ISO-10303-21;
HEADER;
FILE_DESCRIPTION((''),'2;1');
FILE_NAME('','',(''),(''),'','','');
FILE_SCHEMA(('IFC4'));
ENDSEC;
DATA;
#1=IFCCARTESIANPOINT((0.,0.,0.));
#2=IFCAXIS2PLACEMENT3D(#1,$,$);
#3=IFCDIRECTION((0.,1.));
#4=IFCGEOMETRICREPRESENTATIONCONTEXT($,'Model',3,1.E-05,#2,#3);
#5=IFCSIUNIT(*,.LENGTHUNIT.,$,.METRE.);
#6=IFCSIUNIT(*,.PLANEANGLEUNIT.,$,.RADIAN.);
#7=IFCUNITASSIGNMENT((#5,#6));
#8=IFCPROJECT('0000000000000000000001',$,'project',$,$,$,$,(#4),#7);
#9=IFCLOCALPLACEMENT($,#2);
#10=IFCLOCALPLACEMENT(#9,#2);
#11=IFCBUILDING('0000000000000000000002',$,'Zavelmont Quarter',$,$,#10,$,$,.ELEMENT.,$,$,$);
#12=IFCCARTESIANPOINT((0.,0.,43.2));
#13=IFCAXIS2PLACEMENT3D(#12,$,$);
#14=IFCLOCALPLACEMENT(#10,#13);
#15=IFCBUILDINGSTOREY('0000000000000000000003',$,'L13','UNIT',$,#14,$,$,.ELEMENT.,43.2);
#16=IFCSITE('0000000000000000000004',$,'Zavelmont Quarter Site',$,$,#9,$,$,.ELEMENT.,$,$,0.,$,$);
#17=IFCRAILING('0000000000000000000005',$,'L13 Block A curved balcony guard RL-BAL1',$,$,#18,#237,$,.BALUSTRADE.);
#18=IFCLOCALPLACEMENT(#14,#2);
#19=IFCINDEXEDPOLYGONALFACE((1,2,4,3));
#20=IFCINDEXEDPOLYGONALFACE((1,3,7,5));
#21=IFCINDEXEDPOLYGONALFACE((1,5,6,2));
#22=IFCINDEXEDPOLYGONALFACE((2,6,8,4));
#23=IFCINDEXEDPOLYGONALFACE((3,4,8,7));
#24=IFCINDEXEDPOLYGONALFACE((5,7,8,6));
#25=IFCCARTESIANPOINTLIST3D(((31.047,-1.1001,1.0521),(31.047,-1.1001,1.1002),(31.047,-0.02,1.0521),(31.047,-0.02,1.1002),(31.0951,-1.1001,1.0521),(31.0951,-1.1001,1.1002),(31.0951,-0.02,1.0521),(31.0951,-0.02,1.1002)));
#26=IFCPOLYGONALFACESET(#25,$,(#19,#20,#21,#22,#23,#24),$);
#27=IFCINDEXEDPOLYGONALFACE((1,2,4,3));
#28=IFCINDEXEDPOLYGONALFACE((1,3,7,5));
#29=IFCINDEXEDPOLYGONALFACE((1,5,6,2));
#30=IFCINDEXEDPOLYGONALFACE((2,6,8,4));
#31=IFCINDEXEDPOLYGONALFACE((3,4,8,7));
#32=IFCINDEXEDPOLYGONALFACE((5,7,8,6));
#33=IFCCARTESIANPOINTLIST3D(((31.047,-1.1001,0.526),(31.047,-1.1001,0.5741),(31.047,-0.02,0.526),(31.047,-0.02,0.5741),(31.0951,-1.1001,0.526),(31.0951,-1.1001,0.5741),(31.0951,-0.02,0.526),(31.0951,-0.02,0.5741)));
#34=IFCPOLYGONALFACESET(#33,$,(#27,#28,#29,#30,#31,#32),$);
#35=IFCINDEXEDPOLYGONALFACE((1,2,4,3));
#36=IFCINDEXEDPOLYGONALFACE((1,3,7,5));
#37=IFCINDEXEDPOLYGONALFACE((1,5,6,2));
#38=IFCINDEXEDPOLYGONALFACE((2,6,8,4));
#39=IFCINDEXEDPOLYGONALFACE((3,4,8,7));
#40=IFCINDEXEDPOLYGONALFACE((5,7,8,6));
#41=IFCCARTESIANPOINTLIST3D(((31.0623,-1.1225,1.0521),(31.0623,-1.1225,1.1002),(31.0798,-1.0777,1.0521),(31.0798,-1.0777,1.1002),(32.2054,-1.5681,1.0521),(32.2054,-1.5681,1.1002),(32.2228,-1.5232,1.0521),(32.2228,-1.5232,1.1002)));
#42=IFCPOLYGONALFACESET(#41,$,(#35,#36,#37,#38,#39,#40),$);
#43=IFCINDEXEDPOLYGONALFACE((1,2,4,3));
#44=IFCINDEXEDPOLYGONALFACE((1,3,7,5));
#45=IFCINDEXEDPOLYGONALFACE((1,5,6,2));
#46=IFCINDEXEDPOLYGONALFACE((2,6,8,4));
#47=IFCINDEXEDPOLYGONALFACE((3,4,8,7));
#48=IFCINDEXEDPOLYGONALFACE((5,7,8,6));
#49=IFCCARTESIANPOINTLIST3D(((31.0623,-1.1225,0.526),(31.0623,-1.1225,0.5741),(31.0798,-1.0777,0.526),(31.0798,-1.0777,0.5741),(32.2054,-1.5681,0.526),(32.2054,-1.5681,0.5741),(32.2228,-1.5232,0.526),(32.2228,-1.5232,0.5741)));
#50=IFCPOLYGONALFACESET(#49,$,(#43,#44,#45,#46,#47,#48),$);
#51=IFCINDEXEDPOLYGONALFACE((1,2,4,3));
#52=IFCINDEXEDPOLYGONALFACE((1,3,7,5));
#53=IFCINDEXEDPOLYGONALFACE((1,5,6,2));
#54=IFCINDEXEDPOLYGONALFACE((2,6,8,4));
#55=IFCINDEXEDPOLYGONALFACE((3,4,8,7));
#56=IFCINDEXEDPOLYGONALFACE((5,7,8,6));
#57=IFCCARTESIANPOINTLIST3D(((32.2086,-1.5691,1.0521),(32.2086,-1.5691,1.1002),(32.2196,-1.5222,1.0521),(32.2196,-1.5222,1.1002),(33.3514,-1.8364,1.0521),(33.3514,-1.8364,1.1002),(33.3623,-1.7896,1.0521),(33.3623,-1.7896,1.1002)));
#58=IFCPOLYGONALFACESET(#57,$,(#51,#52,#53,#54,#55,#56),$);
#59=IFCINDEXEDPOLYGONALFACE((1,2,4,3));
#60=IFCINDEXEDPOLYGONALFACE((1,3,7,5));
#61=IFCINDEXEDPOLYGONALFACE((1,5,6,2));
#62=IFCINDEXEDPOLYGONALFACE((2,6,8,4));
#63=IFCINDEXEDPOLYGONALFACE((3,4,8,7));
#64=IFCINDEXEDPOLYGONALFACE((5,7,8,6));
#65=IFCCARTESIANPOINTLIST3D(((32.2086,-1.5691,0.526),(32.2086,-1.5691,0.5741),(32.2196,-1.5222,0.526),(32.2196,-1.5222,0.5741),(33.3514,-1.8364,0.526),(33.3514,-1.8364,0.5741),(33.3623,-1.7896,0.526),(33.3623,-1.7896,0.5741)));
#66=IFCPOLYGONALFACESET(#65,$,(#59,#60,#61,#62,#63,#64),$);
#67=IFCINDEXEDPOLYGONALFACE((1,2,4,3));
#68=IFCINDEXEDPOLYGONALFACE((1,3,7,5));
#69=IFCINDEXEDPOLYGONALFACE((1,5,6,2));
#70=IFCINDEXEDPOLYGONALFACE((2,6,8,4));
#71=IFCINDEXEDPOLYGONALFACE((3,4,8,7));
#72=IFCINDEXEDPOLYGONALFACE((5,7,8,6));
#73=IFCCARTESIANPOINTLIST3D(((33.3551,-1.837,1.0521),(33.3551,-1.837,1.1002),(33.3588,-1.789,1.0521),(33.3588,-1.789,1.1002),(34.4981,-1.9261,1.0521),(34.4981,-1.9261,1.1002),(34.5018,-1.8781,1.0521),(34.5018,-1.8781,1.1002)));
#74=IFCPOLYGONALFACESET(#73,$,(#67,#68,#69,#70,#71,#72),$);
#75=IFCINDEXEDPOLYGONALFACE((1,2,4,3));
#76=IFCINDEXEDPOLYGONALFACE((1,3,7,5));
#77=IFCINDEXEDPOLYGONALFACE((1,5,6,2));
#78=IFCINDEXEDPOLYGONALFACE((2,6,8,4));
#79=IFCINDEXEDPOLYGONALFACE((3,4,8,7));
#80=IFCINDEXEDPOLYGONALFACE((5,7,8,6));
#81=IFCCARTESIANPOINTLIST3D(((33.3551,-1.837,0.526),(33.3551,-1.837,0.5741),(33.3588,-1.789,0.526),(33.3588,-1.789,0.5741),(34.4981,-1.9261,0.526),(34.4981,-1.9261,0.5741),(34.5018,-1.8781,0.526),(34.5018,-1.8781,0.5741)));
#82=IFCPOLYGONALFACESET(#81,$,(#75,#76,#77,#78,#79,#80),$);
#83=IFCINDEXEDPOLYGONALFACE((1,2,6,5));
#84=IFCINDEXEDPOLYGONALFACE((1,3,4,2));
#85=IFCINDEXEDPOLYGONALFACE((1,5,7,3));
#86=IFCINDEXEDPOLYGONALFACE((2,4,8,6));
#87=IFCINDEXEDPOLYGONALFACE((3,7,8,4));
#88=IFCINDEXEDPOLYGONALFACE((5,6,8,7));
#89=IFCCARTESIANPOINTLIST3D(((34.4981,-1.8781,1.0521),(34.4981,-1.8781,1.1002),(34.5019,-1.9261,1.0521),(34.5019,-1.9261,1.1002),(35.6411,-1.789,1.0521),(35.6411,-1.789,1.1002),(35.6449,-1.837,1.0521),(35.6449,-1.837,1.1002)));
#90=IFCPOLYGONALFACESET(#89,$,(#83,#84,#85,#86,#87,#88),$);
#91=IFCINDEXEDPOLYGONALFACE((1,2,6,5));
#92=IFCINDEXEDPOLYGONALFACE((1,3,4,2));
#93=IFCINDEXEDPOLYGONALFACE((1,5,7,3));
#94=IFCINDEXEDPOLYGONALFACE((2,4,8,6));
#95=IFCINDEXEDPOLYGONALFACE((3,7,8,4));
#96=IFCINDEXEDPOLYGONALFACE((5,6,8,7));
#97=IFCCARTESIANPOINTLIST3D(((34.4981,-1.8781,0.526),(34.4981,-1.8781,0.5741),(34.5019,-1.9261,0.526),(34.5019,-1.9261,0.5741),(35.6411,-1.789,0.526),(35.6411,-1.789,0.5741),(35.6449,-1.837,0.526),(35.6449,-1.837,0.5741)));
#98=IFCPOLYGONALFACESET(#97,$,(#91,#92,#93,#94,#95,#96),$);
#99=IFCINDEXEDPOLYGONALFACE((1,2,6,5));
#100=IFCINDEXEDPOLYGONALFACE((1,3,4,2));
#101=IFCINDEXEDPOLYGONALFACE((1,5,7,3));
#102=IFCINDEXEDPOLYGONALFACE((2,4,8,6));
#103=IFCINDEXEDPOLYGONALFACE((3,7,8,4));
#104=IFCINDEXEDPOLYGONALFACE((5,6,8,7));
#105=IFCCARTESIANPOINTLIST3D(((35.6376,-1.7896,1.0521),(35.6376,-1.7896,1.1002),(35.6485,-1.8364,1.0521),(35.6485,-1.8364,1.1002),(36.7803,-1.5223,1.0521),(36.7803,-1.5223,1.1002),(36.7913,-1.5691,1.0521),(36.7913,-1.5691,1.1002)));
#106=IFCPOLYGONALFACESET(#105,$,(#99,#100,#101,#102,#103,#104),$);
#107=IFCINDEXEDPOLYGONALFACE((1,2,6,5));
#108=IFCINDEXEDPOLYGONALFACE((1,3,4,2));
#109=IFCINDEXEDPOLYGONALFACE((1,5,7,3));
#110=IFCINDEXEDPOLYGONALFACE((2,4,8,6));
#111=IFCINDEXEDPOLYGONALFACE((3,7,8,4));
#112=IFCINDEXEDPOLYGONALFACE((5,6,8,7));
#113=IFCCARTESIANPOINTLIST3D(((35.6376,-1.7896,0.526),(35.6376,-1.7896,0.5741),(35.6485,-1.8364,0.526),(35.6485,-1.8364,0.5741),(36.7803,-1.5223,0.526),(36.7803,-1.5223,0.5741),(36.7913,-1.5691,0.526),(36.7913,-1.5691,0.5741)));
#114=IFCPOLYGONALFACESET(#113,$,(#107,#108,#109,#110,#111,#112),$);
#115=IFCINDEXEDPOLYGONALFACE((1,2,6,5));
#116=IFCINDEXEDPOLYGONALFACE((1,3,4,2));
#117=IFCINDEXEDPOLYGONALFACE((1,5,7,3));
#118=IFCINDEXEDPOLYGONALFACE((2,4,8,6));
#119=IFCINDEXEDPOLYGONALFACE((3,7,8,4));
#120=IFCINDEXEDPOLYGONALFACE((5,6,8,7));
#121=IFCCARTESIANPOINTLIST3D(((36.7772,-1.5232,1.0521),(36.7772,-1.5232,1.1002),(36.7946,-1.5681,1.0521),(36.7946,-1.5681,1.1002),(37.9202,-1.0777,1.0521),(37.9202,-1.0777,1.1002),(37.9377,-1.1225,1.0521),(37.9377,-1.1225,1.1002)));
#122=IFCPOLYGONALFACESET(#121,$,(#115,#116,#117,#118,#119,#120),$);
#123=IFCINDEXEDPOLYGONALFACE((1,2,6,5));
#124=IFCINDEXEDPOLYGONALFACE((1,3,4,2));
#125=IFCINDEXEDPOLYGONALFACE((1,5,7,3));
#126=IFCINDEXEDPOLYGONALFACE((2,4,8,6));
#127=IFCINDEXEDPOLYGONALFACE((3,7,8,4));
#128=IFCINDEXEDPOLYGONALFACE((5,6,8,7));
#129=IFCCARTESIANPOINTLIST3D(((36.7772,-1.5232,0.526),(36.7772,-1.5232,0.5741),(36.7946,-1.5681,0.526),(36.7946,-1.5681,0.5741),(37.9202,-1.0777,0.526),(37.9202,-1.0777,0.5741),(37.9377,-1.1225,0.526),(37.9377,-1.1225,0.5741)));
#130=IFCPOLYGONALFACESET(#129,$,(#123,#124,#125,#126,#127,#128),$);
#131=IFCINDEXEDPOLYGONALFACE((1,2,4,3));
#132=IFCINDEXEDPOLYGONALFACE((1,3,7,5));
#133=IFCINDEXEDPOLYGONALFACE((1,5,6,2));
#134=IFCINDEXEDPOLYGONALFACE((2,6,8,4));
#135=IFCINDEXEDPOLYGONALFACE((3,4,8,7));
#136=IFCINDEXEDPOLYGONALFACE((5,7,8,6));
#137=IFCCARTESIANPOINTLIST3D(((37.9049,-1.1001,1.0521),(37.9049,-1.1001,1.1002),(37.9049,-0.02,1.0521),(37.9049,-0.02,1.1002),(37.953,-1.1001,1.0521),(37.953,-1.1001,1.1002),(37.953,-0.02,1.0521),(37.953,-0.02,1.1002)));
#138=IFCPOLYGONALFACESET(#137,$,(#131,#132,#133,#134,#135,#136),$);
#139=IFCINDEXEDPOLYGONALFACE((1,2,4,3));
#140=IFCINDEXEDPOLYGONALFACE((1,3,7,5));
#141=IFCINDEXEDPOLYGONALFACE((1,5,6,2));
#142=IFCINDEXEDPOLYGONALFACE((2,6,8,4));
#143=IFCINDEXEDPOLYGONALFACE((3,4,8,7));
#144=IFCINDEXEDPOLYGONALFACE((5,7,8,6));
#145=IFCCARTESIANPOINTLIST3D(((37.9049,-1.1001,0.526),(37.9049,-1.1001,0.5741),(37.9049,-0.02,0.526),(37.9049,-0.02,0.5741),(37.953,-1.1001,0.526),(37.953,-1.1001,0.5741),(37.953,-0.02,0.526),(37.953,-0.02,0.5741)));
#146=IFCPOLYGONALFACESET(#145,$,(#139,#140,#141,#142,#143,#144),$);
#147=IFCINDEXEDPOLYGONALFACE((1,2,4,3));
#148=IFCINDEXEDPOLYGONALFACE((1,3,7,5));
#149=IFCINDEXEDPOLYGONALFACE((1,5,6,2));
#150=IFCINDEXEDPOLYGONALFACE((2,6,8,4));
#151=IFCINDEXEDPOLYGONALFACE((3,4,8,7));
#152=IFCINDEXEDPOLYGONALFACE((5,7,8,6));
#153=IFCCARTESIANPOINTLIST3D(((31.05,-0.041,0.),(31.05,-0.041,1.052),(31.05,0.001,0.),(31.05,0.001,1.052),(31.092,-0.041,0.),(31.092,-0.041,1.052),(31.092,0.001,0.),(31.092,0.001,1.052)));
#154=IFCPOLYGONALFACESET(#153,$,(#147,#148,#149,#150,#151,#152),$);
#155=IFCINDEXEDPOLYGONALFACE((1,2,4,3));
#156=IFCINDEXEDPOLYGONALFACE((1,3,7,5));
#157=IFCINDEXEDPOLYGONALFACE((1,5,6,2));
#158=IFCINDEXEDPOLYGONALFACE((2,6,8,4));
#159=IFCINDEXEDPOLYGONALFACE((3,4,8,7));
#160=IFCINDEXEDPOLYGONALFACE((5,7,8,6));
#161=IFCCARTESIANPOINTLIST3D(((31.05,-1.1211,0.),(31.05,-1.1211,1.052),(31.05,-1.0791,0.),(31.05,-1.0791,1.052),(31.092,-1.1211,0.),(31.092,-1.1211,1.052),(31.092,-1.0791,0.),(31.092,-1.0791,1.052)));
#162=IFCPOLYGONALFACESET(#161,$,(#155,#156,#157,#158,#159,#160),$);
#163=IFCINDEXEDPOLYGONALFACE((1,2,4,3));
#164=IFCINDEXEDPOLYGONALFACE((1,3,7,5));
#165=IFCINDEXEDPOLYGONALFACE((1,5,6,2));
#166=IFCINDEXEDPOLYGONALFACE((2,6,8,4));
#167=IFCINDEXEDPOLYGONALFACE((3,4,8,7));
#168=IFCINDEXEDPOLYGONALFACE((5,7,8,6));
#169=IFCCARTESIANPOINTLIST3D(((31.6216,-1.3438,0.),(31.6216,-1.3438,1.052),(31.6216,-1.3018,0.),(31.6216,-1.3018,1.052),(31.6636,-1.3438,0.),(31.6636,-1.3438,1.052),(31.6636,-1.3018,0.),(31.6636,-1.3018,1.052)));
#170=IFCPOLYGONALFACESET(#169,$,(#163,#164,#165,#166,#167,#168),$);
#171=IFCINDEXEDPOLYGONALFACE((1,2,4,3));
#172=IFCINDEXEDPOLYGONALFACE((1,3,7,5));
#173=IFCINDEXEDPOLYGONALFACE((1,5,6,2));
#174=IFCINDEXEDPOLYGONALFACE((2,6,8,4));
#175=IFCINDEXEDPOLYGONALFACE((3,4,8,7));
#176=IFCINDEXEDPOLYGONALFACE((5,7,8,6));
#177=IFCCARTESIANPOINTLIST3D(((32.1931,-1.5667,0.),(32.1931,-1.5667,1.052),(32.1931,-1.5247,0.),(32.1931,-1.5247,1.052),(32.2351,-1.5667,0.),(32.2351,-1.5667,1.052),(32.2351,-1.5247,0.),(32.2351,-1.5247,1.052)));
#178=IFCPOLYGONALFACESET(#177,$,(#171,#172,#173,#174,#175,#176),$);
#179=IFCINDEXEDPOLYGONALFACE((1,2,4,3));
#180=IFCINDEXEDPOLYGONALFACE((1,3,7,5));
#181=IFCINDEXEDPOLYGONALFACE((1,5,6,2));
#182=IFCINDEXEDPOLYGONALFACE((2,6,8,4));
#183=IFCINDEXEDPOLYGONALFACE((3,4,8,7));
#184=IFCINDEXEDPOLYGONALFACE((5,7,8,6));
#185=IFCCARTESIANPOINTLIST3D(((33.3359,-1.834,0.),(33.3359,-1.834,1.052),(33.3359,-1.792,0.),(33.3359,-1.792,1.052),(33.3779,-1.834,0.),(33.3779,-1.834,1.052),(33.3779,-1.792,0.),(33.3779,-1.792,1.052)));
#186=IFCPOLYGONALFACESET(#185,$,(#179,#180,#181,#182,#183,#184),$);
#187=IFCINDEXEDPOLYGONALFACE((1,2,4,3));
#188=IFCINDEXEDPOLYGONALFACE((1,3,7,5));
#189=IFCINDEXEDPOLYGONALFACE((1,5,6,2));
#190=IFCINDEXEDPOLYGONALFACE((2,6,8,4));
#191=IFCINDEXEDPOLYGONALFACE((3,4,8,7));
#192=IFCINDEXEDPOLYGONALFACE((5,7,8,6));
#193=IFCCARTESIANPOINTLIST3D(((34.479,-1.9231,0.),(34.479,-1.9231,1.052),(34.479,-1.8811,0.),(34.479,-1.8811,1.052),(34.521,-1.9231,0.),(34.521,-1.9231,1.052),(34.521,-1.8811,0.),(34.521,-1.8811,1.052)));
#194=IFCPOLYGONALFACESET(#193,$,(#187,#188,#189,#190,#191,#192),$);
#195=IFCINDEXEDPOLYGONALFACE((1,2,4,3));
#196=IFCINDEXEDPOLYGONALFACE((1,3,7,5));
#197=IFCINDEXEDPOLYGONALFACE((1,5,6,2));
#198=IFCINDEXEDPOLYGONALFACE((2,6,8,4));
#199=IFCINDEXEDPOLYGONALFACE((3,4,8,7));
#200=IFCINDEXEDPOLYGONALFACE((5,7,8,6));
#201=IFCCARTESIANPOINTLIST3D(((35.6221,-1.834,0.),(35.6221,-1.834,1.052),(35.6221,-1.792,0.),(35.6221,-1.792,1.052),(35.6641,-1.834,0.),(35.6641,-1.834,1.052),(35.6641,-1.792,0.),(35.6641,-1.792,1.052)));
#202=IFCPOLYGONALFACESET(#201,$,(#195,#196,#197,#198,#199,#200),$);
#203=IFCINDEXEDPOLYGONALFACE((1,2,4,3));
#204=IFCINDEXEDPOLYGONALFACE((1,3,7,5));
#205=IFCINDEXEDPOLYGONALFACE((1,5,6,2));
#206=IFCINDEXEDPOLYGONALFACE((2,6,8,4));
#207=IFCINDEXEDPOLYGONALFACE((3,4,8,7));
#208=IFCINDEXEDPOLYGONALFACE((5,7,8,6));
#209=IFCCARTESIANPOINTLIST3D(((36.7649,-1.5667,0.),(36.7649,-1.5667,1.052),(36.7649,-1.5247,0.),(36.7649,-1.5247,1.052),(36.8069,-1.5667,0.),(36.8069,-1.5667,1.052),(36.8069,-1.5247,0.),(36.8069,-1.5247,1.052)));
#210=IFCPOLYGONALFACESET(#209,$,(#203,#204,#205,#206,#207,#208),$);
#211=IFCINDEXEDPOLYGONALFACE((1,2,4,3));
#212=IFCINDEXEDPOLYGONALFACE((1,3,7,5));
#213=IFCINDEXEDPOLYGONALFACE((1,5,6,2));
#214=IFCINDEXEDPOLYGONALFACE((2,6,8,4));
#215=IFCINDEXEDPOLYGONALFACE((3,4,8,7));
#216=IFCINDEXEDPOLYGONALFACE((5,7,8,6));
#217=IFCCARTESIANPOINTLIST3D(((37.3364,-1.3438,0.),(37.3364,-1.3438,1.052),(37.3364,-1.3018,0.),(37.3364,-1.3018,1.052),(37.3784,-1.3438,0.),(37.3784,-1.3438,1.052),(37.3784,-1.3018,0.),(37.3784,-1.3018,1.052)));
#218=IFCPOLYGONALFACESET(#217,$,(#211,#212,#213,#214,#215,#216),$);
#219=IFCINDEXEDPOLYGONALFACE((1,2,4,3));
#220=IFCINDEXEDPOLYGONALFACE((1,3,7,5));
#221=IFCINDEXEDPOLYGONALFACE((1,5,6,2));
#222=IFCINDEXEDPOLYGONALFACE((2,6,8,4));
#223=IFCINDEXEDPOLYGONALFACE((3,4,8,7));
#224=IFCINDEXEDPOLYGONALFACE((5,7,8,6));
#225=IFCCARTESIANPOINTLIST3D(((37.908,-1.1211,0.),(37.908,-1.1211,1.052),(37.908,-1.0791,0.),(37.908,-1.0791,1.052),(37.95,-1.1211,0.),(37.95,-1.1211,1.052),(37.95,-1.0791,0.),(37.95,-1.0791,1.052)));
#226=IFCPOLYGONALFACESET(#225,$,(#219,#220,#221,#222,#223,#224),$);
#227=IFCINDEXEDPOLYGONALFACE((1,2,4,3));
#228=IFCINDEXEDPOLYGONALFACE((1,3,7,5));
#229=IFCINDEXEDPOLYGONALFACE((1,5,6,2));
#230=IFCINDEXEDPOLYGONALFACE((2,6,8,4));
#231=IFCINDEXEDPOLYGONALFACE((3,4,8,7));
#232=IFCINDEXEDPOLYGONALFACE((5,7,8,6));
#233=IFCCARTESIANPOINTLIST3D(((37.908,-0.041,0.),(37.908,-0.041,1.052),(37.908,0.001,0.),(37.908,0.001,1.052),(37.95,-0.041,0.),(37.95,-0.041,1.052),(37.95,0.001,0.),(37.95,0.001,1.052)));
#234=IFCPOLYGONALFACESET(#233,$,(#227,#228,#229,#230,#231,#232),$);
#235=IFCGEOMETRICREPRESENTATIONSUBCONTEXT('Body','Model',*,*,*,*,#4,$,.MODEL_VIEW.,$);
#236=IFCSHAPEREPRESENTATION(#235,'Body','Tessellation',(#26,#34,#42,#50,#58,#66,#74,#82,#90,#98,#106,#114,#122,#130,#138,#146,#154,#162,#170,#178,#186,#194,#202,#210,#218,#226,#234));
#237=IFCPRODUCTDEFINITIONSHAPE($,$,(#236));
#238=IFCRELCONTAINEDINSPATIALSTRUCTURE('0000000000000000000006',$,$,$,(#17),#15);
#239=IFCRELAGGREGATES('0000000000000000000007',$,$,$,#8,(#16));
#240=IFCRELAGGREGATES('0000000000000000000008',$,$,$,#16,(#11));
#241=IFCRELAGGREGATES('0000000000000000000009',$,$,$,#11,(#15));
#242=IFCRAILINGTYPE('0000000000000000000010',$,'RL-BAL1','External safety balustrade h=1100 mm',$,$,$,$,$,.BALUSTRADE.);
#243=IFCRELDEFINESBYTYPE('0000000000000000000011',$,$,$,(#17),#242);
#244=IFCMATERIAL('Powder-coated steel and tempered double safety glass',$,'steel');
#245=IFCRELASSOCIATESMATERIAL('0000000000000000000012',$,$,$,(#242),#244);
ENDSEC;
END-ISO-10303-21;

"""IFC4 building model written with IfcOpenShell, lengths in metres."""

from ifc_helpers import new_model, si_unit, direction, frame, origin, origin_2d, place, context, subcontext, project, spatial, rectangle, extrude, material, type_object, element, save


model = new_model("IFC4")

# Units and contexts
model_context = context("Model", 3, precision=1e-05, world=origin(), true_north=direction((0.0, 1.0)))
body_context = subcontext(model_context, "Body", "Model", "MODEL_VIEW")
ifc_project = project(units=[si_unit("LENGTHUNIT", "METRE"), si_unit("PLANEANGLEUNIT", "RADIAN")], contexts=[model_context])

# Site, building, storey
site_placement = place(None, origin())
site = spatial("IfcSite", under=ifc_project, at=site_placement, Name="Zavelmont Quarter Site", CompositionType="ELEMENT", RefElevation=0.0)
building_placement = place(site_placement, origin())
building = spatial("IfcBuilding", under=site, at=building_placement, Name="Zavelmont Quarter", CompositionType="ELEMENT")
storey_placement = place(building_placement, frame((0.0, 0.0, 43.2)))
storey = spatial("IfcBuildingStorey", under=building, at=storey_placement, Name="L13", Description="UNIT", CompositionType="ELEMENT", Elevation=43.2)

# Railing
ifc_material_1 = material(Name="Powder-coated steel and tempered double safety glass", Category="steel")
railing_type = type_object("IfcRailingType", Name="RL-BAL1", Description="External safety balustrade h=1100 mm", PredefinedType="BALUSTRADE", material=ifc_material_1)
railing_placement = place(storey_placement, frame((31.071, -0.02, 0.0)))
element("IfcRailing", 1, at=railing_placement, inside=storey, type_object=railing_type, Name="L13 Block A curved balcony guard RL-BAL1", PredefinedType="BALUSTRADE", context=body_context, shape_type="SweptSolid", body=[
    extrude(rectangle(XDim=0.0481, YDim=0.0481, at=origin_2d()), frame((0.0, 0.0, 1.0762), z_axis=(0.0, -1.0, 0.0), x_axis=(1.0, 0.0, 0.0)), (0.0, 0.0, 1.0), 1.0801),
    extrude(rectangle(XDim=0.0481, YDim=0.0481, at=origin_2d()), frame((0.0, 0.0, 0.55), z_axis=(0.0, -1.0, 0.0), x_axis=(1.0, 0.0, 0.0)), (0.0, 0.0, 1.0), 1.0801),
    extrude(rectangle(XDim=0.0481, YDim=0.0481, at=origin_2d()), frame((0.0, -1.0801, 1.0762), z_axis=(0.931721, -0.363176, 0.0), x_axis=(0.363176, 0.931721, 0.0)), (0.0, 0.0, 1.0), 1.2268),
    extrude(rectangle(XDim=0.0481, YDim=0.0481, at=origin_2d()), frame((0.0, -1.0801, 0.55), z_axis=(0.931721, -0.363176, 0.0), x_axis=(0.363176, 0.931721, 0.0)), (0.0, 0.0, 1.0), 1.2268),
    extrude(rectangle(XDim=0.0481, YDim=0.0481, at=origin_2d()), frame((1.1431, -1.5256, 1.0762), z_axis=(0.973714, -0.227775, 0.0), x_axis=(0.227775, 0.973714, 0.0)), (0.0, 0.0, 1.0), 1.1736),
    extrude(rectangle(XDim=0.0481, YDim=0.0481, at=origin_2d()), frame((1.1431, -1.5256, 0.55), z_axis=(0.973714, -0.227775, 0.0), x_axis=(0.227775, 0.973714, 0.0)), (0.0, 0.0, 1.0), 1.1736),
    extrude(rectangle(XDim=0.0481, YDim=0.0481, at=origin_2d()), frame((2.2859, -1.793, 1.0762), z_axis=(0.996975, -0.077722, 0.0), x_axis=(0.077722, 0.996975, 0.0)), (0.0, 0.0, 1.0), 1.1465),
    extrude(rectangle(XDim=0.0481, YDim=0.0481, at=origin_2d()), frame((2.2859, -1.793, 0.55), z_axis=(0.996975, -0.077722, 0.0), x_axis=(0.077722, 0.996975, 0.0)), (0.0, 0.0, 1.0), 1.1465),
    extrude(rectangle(XDim=0.0481, YDim=0.0481, at=origin_2d()), frame((3.429, -1.8821, 1.0762), z_axis=(0.996975, 0.077722, 0.0), x_axis=(-0.077722, 0.996975, 0.0)), (0.0, 0.0, 1.0), 1.1465),
    extrude(rectangle(XDim=0.0481, YDim=0.0481, at=origin_2d()), frame((3.429, -1.8821, 0.55), z_axis=(0.996975, 0.077722, 0.0), x_axis=(-0.077722, 0.996975, 0.0)), (0.0, 0.0, 1.0), 1.1465),
    extrude(rectangle(XDim=0.0481, YDim=0.0481, at=origin_2d()), frame((4.572, -1.793, 1.0762), z_axis=(0.973714, 0.227775, 0.0), x_axis=(-0.227775, 0.973714, 0.0)), (0.0, 0.0, 1.0), 1.1736),
    extrude(rectangle(XDim=0.0481, YDim=0.0481, at=origin_2d()), frame((4.572, -1.793, 0.55), z_axis=(0.973714, 0.227775, 0.0), x_axis=(-0.227775, 0.973714, 0.0)), (0.0, 0.0, 1.0), 1.1736),
    extrude(rectangle(XDim=0.0481, YDim=0.0481, at=origin_2d()), frame((5.7148, -1.5256, 1.0762), z_axis=(0.931721, 0.363176, 0.0), x_axis=(-0.363176, 0.931721, 0.0)), (0.0, 0.0, 1.0), 1.2268),
    extrude(rectangle(XDim=0.0481, YDim=0.0481, at=origin_2d()), frame((5.7148, -1.5256, 0.55), z_axis=(0.931721, 0.363176, 0.0), x_axis=(-0.363176, 0.931721, 0.0)), (0.0, 0.0, 1.0), 1.2268),
    extrude(rectangle(XDim=0.0481, YDim=0.0481, at=origin_2d()), frame((6.8579, -1.0801, 1.0762), z_axis=(0.0, 1.0, 0.0), x_axis=(-1.0, 0.0, 0.0)), (0.0, 0.0, 1.0), 1.0801),
    extrude(rectangle(XDim=0.0481, YDim=0.0481, at=origin_2d()), frame((6.8579, -1.0801, 0.55), z_axis=(0.0, 1.0, 0.0), x_axis=(-1.0, 0.0, 0.0)), (0.0, 0.0, 1.0), 1.0801),
    extrude(rectangle(XDim=0.042, YDim=0.042, at=origin_2d()), origin(), (0.0, 0.0, 1.0), 1.052),
    extrude(rectangle(XDim=0.042, YDim=0.042, at=origin_2d()), frame((0.0, -1.0801, 0.0)), (0.0, 0.0, 1.0), 1.052),
    extrude(rectangle(XDim=0.042, YDim=0.042, at=origin_2d()), frame((0.5715, -1.3027, 0.0)), (0.0, 0.0, 1.0), 1.052),
    extrude(rectangle(XDim=0.042, YDim=0.042, at=origin_2d()), frame((1.1431, -1.5256, 0.0)), (0.0, 0.0, 1.0), 1.052),
    extrude(rectangle(XDim=0.042, YDim=0.042, at=origin_2d()), frame((2.2859, -1.793, 0.0)), (0.0, 0.0, 1.0), 1.052),
    extrude(rectangle(XDim=0.042, YDim=0.042, at=origin_2d()), frame((3.429, -1.8821, 0.0)), (0.0, 0.0, 1.0), 1.052),
    extrude(rectangle(XDim=0.042, YDim=0.042, at=origin_2d()), frame((4.572, -1.793, 0.0)), (0.0, 0.0, 1.0), 1.052),
    extrude(rectangle(XDim=0.042, YDim=0.042, at=origin_2d()), frame((5.7148, -1.5256, 0.0)), (0.0, 0.0, 1.0), 1.052),
    extrude(rectangle(XDim=0.042, YDim=0.042, at=origin_2d()), frame((6.2864, -1.3027, 0.0)), (0.0, 0.0, 1.0), 1.052),
    extrude(rectangle(XDim=0.042, YDim=0.042, at=origin_2d()), frame((6.8579, -1.0801, 0.0)), (0.0, 0.0, 1.0), 1.052),
    extrude(rectangle(XDim=0.042, YDim=0.042, at=origin_2d()), frame((6.8579, 0.0, 0.0)), (0.0, 0.0, 1.0), 1.052),
])

save(model, "model.ifc")
